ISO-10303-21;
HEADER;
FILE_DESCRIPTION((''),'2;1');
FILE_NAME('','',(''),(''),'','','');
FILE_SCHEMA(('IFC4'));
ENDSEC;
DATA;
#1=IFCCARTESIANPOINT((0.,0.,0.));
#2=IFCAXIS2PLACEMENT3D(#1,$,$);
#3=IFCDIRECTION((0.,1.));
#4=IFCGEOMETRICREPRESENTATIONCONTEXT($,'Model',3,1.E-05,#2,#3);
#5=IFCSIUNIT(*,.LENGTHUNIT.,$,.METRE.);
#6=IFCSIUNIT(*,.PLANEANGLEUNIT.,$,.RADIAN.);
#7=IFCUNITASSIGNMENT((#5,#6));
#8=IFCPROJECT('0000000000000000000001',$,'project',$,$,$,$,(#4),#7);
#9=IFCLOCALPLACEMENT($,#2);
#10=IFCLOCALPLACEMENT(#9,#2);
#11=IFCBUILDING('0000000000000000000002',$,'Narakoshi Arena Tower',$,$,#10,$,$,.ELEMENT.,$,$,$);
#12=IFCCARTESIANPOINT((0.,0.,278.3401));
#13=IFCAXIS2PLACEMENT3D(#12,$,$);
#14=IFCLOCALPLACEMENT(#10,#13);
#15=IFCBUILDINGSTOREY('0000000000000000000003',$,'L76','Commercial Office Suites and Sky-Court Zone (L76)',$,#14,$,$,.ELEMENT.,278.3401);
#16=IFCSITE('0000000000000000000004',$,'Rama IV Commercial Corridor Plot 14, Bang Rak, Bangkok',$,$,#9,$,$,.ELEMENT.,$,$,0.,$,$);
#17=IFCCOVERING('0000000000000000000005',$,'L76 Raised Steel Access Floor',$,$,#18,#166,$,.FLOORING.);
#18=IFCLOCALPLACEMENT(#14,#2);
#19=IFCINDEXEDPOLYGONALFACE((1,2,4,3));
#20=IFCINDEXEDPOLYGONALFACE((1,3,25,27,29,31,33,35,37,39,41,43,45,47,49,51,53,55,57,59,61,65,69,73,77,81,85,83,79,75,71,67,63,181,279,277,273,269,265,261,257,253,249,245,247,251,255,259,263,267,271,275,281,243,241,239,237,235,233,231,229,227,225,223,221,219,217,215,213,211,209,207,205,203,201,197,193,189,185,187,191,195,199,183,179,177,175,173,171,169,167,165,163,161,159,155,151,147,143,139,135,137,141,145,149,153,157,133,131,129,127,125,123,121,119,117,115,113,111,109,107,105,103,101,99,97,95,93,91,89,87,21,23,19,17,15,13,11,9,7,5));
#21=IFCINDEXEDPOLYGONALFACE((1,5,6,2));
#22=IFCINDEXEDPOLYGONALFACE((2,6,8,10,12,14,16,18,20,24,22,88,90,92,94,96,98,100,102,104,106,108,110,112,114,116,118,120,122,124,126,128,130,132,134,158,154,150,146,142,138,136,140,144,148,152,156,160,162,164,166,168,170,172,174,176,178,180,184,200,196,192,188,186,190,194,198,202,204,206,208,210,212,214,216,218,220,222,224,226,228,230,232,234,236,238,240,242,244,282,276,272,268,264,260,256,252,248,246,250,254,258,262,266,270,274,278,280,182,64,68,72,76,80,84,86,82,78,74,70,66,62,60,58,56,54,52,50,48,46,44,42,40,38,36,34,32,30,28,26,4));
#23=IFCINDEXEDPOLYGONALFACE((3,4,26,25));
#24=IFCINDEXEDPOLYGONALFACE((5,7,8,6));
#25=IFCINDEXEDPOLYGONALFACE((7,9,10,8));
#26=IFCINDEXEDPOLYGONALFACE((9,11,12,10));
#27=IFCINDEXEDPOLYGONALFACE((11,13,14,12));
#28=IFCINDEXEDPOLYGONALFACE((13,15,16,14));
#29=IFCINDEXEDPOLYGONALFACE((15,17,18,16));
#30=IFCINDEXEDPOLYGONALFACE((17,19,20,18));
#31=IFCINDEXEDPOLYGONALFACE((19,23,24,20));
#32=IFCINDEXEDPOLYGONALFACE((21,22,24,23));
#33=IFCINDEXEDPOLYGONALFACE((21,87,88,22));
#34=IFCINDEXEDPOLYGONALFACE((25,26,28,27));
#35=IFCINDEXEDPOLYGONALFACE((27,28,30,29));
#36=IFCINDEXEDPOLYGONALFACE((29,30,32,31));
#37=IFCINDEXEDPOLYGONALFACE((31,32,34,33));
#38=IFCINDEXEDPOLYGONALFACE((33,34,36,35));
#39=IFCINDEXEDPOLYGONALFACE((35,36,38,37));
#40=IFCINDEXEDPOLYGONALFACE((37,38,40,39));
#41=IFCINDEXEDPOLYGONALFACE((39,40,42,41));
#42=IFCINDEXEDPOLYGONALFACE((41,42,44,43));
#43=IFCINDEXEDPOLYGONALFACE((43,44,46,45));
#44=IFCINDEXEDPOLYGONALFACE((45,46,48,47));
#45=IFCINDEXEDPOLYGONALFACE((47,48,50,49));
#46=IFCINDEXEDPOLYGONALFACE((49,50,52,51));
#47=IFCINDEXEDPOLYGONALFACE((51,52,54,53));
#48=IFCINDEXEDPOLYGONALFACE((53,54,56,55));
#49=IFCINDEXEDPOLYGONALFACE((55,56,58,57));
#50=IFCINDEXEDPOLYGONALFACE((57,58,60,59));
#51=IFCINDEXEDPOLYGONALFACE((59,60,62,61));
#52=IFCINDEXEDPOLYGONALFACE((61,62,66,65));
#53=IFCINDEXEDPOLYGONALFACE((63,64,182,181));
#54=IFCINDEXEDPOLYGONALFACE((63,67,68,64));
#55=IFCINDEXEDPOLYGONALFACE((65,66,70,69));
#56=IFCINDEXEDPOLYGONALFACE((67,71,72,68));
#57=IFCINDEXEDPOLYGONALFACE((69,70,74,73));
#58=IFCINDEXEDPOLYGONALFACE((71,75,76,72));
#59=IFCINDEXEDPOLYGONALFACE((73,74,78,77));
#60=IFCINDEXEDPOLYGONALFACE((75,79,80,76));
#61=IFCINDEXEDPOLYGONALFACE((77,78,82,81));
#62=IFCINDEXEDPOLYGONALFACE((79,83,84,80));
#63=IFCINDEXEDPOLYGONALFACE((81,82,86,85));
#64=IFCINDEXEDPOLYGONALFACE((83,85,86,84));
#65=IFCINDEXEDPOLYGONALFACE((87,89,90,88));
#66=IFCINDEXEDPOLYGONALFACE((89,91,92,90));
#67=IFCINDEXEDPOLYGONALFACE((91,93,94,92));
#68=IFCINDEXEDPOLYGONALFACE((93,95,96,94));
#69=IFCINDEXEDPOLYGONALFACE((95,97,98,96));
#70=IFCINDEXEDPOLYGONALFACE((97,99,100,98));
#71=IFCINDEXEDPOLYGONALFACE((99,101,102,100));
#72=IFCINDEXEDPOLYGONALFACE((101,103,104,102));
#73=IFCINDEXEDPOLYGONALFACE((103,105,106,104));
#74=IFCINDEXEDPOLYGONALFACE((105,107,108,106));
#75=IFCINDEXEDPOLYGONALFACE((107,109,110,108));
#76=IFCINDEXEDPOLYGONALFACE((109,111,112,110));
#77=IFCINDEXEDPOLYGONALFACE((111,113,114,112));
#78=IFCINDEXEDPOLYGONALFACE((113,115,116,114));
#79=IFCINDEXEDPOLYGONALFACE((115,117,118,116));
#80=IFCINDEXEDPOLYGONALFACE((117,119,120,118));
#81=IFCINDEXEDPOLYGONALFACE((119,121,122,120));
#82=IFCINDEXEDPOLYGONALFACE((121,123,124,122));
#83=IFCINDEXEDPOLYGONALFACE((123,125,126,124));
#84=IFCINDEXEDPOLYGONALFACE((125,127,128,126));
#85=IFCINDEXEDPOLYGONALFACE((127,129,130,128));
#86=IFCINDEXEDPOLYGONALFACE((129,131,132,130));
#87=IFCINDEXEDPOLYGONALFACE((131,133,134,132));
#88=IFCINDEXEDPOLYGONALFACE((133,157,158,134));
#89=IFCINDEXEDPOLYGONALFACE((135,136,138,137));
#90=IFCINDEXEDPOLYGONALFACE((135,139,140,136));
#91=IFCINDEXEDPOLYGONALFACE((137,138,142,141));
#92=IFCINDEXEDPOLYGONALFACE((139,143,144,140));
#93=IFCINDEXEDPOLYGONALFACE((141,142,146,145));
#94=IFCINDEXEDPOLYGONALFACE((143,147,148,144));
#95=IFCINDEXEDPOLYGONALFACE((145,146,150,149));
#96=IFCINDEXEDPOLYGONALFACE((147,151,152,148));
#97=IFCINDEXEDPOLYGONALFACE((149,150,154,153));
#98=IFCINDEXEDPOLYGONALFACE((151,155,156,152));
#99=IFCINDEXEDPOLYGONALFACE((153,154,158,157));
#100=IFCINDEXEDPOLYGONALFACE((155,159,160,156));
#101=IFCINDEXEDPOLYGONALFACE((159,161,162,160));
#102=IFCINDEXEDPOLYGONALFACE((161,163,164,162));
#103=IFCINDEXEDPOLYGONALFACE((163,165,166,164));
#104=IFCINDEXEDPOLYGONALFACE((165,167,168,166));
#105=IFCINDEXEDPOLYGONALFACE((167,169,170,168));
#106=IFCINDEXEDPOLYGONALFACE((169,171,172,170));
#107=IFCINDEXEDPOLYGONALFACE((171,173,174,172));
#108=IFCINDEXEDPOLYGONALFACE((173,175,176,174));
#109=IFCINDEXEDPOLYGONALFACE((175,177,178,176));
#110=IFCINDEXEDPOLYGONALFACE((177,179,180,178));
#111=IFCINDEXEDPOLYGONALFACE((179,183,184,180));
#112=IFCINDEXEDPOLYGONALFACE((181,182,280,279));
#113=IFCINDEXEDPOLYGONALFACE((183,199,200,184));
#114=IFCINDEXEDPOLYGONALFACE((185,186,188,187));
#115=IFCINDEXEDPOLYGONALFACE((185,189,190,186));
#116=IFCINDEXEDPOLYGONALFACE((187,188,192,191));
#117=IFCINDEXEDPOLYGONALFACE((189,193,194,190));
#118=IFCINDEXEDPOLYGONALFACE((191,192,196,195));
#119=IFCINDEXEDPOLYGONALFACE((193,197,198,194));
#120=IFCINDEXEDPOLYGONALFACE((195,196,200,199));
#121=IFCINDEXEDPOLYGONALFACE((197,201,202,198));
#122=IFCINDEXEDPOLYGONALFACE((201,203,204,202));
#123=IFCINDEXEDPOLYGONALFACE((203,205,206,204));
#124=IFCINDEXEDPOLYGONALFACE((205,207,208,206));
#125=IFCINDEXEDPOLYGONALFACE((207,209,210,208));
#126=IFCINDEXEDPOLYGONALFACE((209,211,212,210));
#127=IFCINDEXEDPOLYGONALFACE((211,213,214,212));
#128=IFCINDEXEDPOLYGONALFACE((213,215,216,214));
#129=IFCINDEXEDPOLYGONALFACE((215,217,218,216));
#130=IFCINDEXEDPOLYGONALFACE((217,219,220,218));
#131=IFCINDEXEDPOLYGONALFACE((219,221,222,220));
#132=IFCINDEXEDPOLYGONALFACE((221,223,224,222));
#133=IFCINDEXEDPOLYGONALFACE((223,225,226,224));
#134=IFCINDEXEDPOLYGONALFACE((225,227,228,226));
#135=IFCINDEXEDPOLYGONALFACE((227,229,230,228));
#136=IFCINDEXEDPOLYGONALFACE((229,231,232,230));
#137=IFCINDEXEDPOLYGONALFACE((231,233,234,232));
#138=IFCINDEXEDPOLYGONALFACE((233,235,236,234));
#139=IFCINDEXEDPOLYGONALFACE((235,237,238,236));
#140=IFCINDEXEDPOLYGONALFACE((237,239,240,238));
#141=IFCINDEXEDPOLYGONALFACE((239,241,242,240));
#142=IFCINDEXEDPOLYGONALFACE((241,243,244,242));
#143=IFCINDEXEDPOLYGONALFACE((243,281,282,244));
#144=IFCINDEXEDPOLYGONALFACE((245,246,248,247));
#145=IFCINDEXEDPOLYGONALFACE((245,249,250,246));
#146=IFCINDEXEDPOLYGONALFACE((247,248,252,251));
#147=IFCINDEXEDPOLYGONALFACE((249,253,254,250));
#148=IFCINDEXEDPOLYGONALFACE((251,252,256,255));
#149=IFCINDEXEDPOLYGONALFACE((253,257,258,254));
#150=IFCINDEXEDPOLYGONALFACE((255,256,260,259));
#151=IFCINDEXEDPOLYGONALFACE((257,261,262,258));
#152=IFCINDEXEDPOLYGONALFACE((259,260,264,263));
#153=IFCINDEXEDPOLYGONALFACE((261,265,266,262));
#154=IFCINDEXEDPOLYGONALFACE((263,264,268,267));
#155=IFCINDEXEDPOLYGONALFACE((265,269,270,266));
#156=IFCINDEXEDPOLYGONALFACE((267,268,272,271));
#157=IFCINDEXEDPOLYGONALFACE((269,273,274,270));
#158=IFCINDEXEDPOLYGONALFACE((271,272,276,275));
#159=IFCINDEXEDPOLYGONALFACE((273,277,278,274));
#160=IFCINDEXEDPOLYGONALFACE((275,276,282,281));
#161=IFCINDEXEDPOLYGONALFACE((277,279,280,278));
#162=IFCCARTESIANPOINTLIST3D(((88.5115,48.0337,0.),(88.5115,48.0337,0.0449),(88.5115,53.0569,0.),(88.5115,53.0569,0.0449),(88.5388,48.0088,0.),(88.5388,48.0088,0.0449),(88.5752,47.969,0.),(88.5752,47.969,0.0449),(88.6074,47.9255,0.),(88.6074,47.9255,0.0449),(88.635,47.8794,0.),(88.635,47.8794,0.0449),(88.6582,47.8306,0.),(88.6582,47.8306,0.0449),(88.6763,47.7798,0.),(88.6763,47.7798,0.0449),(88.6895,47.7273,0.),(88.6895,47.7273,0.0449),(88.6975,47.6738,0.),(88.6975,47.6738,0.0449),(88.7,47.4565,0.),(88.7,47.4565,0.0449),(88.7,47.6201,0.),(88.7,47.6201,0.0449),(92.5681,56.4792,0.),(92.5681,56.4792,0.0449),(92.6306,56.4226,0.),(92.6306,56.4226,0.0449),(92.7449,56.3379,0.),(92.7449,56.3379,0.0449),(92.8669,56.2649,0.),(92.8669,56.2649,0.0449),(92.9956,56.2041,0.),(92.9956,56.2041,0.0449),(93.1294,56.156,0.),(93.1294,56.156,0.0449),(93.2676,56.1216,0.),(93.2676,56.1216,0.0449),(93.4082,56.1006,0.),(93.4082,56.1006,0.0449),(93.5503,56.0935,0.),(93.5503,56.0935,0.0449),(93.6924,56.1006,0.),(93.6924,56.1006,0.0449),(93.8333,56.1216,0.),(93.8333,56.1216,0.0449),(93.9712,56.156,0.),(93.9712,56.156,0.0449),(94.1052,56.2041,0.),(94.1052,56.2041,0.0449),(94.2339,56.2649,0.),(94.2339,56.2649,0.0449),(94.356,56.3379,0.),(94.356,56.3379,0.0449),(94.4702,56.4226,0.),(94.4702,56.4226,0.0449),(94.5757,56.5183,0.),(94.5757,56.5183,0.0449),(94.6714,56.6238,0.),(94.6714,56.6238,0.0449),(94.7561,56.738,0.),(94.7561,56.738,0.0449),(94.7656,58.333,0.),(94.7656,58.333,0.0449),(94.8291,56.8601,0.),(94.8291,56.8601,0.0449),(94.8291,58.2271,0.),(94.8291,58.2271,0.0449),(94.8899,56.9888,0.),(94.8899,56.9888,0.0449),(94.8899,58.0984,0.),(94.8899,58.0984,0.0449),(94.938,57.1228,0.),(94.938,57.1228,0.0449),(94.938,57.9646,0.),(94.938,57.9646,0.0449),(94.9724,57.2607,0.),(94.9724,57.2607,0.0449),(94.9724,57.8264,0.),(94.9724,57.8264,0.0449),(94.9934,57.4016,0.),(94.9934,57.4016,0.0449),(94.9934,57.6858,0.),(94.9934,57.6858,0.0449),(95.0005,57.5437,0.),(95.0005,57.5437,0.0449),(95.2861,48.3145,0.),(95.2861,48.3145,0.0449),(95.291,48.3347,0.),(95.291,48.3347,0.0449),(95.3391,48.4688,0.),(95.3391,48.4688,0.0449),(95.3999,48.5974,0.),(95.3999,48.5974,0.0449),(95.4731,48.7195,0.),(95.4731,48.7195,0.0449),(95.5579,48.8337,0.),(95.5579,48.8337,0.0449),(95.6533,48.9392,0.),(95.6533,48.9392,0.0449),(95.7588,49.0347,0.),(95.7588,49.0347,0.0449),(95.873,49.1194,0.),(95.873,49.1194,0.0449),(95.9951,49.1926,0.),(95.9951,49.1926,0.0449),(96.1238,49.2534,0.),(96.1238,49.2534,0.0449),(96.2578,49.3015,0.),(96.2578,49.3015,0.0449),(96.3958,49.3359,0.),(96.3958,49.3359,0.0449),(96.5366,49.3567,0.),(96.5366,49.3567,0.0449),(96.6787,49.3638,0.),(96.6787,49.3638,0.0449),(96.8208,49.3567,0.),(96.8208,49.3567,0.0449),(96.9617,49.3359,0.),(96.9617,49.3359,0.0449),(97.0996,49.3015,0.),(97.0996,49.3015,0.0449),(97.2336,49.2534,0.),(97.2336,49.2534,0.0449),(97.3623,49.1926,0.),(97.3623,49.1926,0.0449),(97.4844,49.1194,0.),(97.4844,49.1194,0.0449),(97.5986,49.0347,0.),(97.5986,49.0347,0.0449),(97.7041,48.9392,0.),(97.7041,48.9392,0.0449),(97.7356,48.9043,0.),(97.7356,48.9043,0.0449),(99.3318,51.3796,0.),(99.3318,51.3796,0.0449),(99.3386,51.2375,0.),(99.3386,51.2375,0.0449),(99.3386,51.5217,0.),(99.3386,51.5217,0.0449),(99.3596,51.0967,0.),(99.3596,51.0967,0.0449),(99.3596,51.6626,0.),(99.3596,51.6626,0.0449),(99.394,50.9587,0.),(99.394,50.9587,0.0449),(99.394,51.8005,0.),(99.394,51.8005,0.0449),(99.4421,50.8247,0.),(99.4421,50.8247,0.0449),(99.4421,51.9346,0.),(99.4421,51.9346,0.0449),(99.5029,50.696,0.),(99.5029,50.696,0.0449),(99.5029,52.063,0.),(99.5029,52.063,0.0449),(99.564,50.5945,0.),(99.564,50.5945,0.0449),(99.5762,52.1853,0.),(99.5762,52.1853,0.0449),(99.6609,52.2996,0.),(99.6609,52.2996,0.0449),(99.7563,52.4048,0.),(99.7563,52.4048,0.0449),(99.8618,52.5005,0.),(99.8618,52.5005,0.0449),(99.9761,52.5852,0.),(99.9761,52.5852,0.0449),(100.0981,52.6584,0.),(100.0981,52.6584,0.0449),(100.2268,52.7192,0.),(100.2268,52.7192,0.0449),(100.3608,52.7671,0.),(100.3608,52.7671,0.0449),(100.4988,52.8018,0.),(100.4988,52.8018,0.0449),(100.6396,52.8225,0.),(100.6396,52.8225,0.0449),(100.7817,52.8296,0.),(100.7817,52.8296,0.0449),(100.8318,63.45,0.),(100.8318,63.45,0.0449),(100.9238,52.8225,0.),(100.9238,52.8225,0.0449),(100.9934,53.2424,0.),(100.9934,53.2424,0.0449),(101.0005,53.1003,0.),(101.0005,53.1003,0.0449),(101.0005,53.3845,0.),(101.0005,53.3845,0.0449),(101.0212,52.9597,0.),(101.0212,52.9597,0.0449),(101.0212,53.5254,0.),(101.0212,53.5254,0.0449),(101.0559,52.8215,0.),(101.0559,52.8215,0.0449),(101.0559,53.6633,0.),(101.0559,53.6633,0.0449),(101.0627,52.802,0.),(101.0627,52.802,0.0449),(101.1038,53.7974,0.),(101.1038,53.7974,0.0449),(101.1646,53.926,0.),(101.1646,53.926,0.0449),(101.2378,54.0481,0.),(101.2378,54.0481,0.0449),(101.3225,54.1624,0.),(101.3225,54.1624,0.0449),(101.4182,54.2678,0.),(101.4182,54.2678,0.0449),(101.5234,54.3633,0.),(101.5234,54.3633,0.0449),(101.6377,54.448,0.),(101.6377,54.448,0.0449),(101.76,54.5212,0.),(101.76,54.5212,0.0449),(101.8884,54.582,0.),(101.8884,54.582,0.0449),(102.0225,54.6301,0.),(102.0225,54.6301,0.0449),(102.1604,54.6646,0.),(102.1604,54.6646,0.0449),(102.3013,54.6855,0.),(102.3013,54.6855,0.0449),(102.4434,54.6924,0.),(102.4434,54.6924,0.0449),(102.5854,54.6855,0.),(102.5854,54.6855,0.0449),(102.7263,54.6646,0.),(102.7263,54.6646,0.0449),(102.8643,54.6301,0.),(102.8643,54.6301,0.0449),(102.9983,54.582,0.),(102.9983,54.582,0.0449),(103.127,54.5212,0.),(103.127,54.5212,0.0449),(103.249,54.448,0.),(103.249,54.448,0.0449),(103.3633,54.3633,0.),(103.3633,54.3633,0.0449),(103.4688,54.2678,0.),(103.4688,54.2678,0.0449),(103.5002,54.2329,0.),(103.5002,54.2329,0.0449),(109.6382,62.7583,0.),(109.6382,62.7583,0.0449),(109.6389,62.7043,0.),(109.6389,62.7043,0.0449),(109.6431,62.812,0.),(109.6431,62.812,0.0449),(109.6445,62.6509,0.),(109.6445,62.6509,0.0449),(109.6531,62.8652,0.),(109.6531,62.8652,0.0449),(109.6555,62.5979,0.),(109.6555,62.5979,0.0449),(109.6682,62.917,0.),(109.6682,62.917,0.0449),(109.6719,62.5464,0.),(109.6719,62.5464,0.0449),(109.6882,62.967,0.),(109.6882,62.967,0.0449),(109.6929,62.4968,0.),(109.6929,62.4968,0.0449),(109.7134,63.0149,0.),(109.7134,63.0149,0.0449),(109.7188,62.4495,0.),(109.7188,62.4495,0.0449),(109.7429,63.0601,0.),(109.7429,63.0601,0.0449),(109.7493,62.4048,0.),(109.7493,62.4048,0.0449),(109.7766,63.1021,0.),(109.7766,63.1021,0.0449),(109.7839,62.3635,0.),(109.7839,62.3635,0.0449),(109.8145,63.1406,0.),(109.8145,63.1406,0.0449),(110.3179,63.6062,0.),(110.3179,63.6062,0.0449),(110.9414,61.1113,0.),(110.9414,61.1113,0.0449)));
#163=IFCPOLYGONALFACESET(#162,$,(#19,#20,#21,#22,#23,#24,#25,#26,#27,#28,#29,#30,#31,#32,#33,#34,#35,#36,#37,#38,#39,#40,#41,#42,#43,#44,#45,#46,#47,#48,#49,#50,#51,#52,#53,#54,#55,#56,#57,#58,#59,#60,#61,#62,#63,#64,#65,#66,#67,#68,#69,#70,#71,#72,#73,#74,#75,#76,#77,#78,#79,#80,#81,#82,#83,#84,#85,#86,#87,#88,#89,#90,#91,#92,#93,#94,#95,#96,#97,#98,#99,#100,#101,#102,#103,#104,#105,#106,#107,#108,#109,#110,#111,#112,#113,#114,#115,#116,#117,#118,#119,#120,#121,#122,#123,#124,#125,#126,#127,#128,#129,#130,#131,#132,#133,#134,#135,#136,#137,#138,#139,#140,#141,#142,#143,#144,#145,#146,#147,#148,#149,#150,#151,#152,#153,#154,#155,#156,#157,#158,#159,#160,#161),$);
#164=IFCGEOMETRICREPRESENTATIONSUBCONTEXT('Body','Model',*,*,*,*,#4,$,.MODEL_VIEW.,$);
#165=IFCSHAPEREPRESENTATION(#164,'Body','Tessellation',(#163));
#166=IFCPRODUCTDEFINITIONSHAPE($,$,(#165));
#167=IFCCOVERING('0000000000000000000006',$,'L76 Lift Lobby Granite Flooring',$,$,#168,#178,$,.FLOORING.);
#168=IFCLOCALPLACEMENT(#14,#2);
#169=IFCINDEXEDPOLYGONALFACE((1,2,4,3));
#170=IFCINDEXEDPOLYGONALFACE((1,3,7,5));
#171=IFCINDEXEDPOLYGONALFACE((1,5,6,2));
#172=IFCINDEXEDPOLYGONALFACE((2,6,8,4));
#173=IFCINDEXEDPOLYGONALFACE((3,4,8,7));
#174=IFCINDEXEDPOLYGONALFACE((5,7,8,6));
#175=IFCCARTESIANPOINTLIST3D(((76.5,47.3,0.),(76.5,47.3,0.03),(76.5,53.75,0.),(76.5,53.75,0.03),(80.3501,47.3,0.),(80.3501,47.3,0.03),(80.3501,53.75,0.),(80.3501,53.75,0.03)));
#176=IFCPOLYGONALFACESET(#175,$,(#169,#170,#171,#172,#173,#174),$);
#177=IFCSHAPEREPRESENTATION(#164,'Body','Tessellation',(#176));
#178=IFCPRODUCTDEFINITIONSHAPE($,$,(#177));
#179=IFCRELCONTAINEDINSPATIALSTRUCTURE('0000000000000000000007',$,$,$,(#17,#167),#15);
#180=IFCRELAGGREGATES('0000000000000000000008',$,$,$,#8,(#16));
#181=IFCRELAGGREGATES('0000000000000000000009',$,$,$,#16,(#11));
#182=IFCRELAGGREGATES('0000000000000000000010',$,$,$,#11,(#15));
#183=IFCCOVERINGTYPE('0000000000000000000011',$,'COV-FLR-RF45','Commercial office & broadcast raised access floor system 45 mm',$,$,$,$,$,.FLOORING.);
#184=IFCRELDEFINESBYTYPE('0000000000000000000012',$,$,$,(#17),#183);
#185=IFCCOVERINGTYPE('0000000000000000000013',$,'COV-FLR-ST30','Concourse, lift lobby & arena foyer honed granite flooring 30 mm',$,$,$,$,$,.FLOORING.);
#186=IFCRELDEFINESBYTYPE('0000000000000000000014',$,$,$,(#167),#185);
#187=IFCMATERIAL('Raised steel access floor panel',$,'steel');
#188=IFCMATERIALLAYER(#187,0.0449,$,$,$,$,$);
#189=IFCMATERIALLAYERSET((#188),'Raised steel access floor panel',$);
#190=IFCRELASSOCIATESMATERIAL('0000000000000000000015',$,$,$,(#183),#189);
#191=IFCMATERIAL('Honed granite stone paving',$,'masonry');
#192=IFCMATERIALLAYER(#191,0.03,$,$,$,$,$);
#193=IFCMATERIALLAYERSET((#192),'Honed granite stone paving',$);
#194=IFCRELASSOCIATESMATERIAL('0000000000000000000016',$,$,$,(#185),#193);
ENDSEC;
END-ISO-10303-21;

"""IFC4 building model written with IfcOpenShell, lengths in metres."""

from ifc_helpers import new_model, si_unit, direction, frame, origin, place, context, subcontext, project, spatial, polyline, outline, extrude, material, layer, layer_set, type_object, element, save


model = new_model("IFC4")

# Units and contexts
model_context = context("Model", 3, precision=1e-05, world=origin(), true_north=direction((0.0, 1.0)))
body_context = subcontext(model_context, "Body", "Model", "MODEL_VIEW")
ifc_project = project(units=[si_unit("LENGTHUNIT", "METRE"), si_unit("PLANEANGLEUNIT", "RADIAN")], contexts=[model_context])

# Site, building, storey
site_placement = place(None, origin())
site = spatial("IfcSite", under=ifc_project, at=site_placement, Name="Rama IV Commercial Corridor Plot 14, Bang Rak, Bangkok", CompositionType="ELEMENT", RefElevation=0.0)
building_placement = place(site_placement, origin())
building = spatial("IfcBuilding", under=site, at=building_placement, Name="Narakoshi Arena Tower", CompositionType="ELEMENT")
storey_placement = place(building_placement, frame((0.0, 0.0, 278.3401)))
storey = spatial("IfcBuildingStorey", under=building, at=storey_placement, Name="L76", Description="Commercial Office Suites and Sky-Court Zone (L76)", CompositionType="ELEMENT", Elevation=278.3401)

# Coverings
ifc_material_1 = material(Name="Raised steel access floor panel", Category="steel")
ifc_layer_1 = layer(ifc_material_1, 0.0449)
ifc_layer_set_1 = layer_set([ifc_layer_1], Name="Raised steel access floor panel")
covering_type_1 = type_object("IfcCoveringType", Name="COV-FLR-RF45", Description="Commercial office & broadcast raised access floor system 45 mm", PredefinedType="FLOORING", material=ifc_layer_set_1)
covering_1_placement = place(storey_placement, origin())
element("IfcCovering", 1, at=covering_1_placement, inside=storey, type_object=covering_type_1, Name="L76 Raised Steel Access Floor", PredefinedType="FLOORING", context=body_context, shape_type="SweptSolid", body=[
    extrude(outline(polyline([(88.5115, 53.0569), (92.5681, 56.4792), (92.6306, 56.4226), (92.7449, 56.3379), (92.8669, 56.2649), (92.9956, 56.2041), (93.1294, 56.156), (93.2676, 56.1216), (93.4082, 56.1006), (93.5503, 56.0935), (93.6924, 56.1006), (93.8333, 56.1216), (93.9712, 56.156), (94.1052, 56.2041), (94.2339, 56.2649), (94.356, 56.3379), (94.4702, 56.4226), (94.5757, 56.5183), (94.6714, 56.6238), (94.7561, 56.738), (94.8291, 56.8601), (94.8899, 56.9888), (94.938, 57.1228), (94.9724, 57.2607), (94.9934, 57.4016), (95.0005, 57.5437), (94.9934, 57.6858), (94.9724, 57.8264), (94.938, 57.9646), (94.8899, 58.0984), (94.8291, 58.2271), (94.7656, 58.333), (100.8318, 63.45), (110.3179, 63.6062), (109.8145, 63.1406), (109.7766, 63.1021), (109.7429, 63.0601), (109.7134, 63.0149), (109.6882, 62.967), (109.6682, 62.917), (109.6531, 62.8652), (109.6431, 62.812), (109.6382, 62.7583), (109.6389, 62.7043), (109.6445, 62.6509), (109.6555, 62.5979), (109.6719, 62.5464), (109.6929, 62.4968), (109.7188, 62.4495), (109.7493, 62.4048), (109.7839, 62.3635), (110.9414, 61.1113), (103.5002, 54.2329), (103.4688, 54.2678), (103.3633, 54.3633), (103.249, 54.448), (103.127, 54.5212), (102.9983, 54.582), (102.8643, 54.6301), (102.7263, 54.6646), (102.5854, 54.6855), (102.4434, 54.6924), (102.3013, 54.6855), (102.1604, 54.6646), (102.0225, 54.6301), (101.8884, 54.582), (101.76, 54.5212), (101.6377, 54.448), (101.5234, 54.3633), (101.4182, 54.2678), (101.3225, 54.1624), (101.2378, 54.0481), (101.1646, 53.926), (101.1038, 53.7974), (101.0559, 53.6633), (101.0212, 53.5254), (101.0005, 53.3845), (100.9934, 53.2424), (101.0005, 53.1003), (101.0212, 52.9597), (101.0559, 52.8215), (101.0627, 52.802), (100.9238, 52.8225), (100.7817, 52.8296), (100.6396, 52.8225), (100.4988, 52.8018), (100.3608, 52.7671), (100.2268, 52.7192), (100.0981, 52.6584), (99.9761, 52.5852), (99.8618, 52.5005), (99.7563, 52.4048), (99.6609, 52.2996), (99.5762, 52.1853), (99.5029, 52.063), (99.4421, 51.9346), (99.394, 51.8005), (99.3596, 51.6626), (99.3386, 51.5217), (99.3318, 51.3796), (99.3386, 51.2375), (99.3596, 51.0967), (99.394, 50.9587), (99.4421, 50.8247), (99.5029, 50.696), (99.564, 50.5945), (97.7356, 48.9043), (97.7041, 48.9392), (97.5986, 49.0347), (97.4844, 49.1194), (97.3623, 49.1926), (97.2336, 49.2534), (97.0996, 49.3015), (96.9617, 49.3359), (96.8208, 49.3567), (96.6787, 49.3638), (96.5366, 49.3567), (96.3958, 49.3359), (96.2578, 49.3015), (96.1238, 49.2534), (95.9951, 49.1926), (95.873, 49.1194), (95.7588, 49.0347), (95.6533, 48.9392), (95.5579, 48.8337), (95.4731, 48.7195), (95.3999, 48.5974), (95.3391, 48.4688), (95.291, 48.3347), (95.2861, 48.3145), (88.7, 47.4565), (88.7, 47.6201), (88.6975, 47.6738), (88.6895, 47.7273), (88.6763, 47.7798), (88.6582, 47.8306), (88.635, 47.8794), (88.6074, 47.9255), (88.5752, 47.969), (88.5388, 48.0088), (88.5115, 48.0337), (88.5115, 53.0569)])), origin(), (0.0, 0.0, 1.0), 0.0449),
])
ifc_material_2 = material(Name="Honed granite stone paving", Category="masonry")
ifc_layer_2 = layer(ifc_material_2, 0.03)
ifc_layer_set_2 = layer_set([ifc_layer_2], Name="Honed granite stone paving")
covering_type_2 = type_object("IfcCoveringType", Name="COV-FLR-ST30", Description="Concourse, lift lobby & arena foyer honed granite flooring 30 mm", PredefinedType="FLOORING", material=ifc_layer_set_2)
covering_2_placement = place(storey_placement, origin())
element("IfcCovering", 2, at=covering_2_placement, inside=storey, type_object=covering_type_2, Name="L76 Lift Lobby Granite Flooring", PredefinedType="FLOORING", context=body_context, shape_type="SweptSolid", body=[
    extrude(outline(polyline([(76.5, 47.3), (80.3501, 47.3), (80.3501, 53.75), (76.5, 53.75), (76.5, 47.3)])), origin(), (0.0, 0.0, 1.0), 0.03),
])

save(model, "model.ifc")
